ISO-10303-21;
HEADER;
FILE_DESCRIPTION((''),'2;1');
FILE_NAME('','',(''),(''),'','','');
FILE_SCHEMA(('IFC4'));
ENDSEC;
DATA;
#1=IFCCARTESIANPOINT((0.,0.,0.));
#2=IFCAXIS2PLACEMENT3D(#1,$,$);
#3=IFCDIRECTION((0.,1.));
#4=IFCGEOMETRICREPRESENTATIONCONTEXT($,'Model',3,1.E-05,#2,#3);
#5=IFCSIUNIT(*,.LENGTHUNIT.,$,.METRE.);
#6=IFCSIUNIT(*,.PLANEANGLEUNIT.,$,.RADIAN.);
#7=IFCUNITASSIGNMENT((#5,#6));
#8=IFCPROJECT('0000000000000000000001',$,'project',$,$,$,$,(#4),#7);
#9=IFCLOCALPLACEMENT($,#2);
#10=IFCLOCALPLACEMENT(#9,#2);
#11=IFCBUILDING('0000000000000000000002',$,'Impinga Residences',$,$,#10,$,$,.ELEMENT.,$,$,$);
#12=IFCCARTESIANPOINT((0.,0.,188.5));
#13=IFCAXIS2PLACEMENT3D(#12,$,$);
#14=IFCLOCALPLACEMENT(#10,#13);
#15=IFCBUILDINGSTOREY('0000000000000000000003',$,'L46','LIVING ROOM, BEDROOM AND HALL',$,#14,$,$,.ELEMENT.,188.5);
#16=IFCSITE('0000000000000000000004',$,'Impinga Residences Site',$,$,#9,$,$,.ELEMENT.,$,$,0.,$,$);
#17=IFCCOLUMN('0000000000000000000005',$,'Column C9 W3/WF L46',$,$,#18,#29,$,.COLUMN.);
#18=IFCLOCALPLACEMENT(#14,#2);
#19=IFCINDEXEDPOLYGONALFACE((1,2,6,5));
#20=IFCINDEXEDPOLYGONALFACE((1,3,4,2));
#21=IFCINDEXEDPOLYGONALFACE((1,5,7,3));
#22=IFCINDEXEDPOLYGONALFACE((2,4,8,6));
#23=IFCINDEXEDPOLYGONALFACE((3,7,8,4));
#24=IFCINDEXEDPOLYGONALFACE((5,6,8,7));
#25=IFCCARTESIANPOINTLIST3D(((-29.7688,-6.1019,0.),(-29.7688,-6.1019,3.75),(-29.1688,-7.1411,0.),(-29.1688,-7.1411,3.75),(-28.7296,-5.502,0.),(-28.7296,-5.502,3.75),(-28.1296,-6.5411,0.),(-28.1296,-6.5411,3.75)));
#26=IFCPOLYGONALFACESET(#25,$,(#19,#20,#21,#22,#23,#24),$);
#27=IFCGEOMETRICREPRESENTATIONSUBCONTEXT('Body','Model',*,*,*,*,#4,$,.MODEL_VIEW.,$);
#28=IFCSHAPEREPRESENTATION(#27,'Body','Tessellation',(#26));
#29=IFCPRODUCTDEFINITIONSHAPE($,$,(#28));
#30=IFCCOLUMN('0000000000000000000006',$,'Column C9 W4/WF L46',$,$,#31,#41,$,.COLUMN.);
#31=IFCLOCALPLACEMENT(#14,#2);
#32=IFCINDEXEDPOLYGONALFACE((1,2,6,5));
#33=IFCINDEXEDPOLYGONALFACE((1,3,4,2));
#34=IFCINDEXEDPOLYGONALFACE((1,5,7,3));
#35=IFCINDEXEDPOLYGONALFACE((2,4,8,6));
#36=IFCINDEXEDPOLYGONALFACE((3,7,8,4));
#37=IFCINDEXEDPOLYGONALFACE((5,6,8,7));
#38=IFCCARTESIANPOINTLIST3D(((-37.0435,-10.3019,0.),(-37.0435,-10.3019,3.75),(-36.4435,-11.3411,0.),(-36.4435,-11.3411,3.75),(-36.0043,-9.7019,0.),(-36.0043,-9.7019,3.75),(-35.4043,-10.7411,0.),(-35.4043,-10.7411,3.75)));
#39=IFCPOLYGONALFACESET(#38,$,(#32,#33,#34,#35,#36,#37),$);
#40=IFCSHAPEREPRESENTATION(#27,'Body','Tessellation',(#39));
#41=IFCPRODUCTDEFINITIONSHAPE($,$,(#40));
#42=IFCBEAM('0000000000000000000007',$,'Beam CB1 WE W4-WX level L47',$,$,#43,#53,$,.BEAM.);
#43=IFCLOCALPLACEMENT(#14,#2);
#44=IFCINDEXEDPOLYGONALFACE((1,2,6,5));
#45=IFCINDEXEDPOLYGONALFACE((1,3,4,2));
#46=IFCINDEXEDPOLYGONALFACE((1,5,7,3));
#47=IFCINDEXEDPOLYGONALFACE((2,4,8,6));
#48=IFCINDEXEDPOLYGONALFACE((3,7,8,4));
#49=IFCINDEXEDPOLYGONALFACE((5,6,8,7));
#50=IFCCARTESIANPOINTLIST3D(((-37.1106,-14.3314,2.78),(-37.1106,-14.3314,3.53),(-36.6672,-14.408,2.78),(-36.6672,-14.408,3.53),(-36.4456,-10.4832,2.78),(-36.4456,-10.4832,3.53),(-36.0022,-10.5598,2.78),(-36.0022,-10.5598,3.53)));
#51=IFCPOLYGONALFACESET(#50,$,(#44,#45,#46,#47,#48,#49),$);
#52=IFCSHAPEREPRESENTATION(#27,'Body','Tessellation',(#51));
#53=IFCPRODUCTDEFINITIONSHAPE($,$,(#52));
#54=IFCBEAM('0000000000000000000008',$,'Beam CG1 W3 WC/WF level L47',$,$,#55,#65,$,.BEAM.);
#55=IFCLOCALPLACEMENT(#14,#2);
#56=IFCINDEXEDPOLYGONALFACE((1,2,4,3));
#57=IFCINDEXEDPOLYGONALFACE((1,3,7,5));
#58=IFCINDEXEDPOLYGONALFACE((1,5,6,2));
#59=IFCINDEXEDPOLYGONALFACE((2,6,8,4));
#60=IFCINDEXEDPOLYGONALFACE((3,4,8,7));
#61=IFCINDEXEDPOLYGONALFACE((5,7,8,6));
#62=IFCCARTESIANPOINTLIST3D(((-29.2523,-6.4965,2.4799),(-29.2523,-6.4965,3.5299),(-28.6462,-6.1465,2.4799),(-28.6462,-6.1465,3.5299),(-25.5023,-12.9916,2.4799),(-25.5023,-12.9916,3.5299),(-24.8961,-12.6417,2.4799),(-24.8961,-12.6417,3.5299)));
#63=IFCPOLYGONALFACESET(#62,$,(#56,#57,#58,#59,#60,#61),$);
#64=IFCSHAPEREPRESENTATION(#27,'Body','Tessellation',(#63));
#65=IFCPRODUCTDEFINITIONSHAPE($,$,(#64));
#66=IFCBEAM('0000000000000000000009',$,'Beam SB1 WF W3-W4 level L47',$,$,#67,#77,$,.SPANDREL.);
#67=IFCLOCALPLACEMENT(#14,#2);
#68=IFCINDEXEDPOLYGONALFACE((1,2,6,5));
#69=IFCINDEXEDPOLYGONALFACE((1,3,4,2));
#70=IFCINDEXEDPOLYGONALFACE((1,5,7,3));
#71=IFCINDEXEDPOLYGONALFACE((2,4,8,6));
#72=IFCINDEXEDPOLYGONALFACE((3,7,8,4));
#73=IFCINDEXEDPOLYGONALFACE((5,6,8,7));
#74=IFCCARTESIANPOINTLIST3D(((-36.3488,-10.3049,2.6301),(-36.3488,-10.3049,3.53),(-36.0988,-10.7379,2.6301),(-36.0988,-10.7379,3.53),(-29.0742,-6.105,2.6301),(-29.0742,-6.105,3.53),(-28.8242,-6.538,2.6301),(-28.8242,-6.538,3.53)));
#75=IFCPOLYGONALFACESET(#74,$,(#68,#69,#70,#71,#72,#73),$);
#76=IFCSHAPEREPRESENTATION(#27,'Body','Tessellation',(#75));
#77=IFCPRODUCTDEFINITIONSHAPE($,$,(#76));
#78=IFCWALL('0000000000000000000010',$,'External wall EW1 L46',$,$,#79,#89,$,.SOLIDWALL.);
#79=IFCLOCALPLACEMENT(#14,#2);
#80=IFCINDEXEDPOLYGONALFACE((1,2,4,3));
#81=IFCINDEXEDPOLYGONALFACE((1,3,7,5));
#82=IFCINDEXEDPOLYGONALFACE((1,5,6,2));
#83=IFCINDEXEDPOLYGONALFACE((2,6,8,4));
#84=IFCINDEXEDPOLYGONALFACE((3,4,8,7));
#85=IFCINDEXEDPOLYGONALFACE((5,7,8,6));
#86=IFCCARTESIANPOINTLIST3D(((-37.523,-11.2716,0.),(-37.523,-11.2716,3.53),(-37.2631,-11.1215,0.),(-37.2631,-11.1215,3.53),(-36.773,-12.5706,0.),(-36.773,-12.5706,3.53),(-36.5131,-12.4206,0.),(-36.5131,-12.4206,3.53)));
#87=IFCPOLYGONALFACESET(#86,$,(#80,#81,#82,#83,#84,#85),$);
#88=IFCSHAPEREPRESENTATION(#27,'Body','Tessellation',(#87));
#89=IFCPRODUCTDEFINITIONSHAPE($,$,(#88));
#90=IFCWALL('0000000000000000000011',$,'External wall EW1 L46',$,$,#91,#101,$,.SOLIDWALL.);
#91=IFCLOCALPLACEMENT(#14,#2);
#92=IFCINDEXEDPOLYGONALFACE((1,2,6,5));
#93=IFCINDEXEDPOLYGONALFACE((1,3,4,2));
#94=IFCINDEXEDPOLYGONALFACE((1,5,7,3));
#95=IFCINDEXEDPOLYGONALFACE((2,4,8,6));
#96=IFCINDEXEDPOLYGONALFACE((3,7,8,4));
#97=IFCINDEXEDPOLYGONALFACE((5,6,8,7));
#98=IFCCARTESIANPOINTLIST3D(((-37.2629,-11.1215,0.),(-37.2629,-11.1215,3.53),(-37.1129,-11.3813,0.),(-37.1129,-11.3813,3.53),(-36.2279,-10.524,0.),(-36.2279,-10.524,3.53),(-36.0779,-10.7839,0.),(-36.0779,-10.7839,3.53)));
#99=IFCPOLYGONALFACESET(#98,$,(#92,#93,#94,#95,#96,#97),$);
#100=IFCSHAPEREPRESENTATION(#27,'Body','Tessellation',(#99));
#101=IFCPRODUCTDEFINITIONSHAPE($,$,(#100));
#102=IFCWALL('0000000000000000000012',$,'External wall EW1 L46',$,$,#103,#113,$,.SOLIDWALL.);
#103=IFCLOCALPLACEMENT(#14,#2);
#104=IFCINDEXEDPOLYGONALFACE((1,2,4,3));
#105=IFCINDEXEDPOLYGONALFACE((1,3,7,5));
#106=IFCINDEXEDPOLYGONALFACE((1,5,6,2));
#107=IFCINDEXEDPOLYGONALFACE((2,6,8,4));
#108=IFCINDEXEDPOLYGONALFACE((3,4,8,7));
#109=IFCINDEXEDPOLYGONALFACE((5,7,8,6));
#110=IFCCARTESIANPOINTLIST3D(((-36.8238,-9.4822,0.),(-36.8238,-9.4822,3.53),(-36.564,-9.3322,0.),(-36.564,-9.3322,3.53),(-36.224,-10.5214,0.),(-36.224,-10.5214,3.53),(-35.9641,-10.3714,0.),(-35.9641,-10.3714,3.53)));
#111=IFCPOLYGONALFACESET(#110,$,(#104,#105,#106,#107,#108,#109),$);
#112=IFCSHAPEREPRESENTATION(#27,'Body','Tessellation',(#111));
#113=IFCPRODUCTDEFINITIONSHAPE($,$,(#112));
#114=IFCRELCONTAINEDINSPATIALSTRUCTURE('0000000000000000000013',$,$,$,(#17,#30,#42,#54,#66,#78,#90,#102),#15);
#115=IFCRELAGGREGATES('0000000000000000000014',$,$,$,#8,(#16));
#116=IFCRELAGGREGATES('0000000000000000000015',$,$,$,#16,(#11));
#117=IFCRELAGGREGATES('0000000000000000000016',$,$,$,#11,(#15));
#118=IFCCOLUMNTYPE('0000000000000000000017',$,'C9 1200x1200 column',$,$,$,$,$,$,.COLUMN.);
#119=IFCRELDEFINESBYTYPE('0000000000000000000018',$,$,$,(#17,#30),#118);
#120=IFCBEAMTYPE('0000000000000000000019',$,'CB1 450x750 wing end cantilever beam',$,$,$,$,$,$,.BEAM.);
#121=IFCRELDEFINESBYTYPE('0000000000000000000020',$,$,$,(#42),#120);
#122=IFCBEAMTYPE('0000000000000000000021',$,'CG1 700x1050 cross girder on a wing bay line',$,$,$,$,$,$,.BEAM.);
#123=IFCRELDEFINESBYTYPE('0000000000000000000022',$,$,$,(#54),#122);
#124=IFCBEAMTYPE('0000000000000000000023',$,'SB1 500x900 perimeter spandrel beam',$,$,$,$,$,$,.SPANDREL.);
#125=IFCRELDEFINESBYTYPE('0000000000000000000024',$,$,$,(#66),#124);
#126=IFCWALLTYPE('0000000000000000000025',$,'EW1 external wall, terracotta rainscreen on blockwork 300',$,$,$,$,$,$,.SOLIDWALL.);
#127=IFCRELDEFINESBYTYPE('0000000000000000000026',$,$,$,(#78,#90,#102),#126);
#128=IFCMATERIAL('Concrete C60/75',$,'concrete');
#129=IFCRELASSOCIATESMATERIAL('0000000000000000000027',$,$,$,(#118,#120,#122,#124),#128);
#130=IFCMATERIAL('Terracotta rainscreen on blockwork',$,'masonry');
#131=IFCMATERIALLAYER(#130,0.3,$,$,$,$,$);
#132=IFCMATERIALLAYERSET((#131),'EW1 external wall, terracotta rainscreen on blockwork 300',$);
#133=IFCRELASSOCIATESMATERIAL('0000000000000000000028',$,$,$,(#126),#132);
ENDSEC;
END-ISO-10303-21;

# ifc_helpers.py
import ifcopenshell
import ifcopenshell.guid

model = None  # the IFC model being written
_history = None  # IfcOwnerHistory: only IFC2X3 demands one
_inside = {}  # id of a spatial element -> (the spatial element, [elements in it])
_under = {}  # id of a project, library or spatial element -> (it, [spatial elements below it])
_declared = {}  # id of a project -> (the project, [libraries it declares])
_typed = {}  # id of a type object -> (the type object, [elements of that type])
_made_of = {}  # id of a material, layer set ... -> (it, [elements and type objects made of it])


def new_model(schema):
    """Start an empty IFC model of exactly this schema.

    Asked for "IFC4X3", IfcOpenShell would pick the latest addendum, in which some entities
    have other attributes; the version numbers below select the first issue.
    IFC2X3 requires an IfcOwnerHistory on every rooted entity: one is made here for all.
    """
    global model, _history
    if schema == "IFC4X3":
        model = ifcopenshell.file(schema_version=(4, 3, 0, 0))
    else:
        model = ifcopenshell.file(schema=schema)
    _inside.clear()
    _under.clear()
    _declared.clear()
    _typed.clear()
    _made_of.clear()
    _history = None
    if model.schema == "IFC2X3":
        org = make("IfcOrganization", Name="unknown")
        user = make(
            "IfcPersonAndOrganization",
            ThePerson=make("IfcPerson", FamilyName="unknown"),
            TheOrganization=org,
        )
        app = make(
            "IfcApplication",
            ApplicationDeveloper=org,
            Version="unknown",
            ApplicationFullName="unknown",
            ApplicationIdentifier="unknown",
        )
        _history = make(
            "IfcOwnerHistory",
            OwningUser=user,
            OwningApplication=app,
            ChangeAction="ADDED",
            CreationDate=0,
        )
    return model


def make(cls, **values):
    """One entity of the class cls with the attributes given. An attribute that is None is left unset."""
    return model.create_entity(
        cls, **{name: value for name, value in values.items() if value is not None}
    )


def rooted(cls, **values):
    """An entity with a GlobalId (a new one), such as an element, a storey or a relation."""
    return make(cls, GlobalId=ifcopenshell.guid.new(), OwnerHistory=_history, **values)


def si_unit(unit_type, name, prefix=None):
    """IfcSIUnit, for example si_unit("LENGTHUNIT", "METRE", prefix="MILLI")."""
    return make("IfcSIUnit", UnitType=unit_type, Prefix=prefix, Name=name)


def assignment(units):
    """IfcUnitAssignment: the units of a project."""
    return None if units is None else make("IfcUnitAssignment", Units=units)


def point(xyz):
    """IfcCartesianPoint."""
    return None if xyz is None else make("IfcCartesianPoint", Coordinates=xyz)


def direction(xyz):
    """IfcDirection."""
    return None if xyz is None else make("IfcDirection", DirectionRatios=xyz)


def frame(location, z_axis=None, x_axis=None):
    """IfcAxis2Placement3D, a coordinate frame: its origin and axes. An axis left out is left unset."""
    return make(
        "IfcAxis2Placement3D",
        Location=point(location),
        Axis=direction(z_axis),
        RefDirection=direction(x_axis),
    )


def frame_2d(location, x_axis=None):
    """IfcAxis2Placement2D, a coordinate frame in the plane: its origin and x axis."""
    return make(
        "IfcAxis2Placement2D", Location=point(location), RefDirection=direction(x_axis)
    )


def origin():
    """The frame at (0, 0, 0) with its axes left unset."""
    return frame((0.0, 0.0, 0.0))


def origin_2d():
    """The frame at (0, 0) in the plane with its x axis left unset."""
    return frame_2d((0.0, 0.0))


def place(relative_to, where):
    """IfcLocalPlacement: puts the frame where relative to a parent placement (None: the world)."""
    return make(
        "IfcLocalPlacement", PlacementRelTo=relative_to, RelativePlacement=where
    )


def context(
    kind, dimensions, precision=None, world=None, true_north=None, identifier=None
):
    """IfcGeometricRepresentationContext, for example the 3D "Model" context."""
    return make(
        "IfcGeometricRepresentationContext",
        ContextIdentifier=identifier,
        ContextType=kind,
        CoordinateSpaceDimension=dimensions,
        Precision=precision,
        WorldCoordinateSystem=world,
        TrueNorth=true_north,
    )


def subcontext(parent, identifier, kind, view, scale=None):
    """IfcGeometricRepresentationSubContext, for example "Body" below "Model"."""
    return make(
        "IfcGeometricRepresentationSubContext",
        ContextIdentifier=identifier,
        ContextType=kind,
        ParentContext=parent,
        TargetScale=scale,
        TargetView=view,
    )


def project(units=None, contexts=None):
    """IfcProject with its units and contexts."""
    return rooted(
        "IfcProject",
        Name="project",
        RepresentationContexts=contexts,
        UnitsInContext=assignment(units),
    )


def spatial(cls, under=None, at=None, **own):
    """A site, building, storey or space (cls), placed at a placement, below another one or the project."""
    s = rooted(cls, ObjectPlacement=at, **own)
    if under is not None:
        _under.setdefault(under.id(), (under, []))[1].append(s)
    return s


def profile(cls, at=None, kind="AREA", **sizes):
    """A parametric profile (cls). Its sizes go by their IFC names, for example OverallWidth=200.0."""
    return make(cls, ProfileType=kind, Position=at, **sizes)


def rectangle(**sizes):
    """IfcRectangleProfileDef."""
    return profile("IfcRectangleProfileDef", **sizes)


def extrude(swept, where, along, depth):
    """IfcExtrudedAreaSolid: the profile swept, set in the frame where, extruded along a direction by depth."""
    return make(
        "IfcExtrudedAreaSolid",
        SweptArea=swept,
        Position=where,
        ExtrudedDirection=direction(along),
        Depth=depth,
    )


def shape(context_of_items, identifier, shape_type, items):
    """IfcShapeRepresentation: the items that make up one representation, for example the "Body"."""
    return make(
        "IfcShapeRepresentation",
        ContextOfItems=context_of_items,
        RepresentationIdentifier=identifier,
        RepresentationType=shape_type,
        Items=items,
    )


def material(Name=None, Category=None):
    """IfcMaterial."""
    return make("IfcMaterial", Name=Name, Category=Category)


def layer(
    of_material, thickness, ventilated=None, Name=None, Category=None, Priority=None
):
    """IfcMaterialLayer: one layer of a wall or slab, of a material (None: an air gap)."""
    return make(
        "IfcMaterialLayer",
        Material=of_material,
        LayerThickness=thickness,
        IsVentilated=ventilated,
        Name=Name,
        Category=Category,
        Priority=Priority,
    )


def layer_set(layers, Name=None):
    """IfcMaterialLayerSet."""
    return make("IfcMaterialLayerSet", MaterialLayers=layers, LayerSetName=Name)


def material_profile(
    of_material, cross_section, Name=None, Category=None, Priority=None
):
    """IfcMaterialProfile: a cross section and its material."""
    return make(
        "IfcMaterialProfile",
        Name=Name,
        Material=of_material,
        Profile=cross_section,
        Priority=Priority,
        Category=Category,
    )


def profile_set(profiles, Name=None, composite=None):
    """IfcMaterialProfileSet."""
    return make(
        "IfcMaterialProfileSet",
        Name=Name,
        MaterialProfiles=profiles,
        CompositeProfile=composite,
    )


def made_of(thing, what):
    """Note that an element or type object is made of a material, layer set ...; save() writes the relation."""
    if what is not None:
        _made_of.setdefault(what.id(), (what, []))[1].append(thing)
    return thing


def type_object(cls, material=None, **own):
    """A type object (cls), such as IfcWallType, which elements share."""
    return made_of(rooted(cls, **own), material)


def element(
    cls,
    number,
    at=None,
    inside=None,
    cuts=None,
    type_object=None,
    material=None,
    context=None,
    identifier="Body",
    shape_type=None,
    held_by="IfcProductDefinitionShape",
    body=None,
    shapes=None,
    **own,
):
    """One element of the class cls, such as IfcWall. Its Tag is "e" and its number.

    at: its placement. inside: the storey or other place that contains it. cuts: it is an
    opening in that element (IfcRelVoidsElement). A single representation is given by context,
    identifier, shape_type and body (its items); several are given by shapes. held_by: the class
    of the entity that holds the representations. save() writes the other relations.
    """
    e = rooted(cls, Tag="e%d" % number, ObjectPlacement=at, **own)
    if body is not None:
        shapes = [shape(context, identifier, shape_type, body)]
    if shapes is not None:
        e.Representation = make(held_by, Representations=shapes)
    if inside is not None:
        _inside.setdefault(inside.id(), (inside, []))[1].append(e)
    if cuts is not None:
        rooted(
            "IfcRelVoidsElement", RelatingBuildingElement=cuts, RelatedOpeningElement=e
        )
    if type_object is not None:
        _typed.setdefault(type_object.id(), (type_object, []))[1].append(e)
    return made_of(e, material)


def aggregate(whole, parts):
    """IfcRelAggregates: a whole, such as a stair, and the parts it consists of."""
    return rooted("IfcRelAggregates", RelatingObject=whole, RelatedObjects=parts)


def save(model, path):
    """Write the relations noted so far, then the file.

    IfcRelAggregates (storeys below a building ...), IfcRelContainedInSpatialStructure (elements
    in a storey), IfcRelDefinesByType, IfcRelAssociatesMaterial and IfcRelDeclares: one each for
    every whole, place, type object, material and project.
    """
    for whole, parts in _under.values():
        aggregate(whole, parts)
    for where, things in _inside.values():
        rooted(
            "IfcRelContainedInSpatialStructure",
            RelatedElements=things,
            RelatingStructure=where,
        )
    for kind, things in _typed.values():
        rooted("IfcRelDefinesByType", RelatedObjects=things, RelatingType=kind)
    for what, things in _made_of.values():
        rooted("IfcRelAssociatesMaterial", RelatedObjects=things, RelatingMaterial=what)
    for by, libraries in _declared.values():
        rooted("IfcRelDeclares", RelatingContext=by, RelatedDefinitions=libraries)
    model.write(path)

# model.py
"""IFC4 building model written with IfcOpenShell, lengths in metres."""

from ifc_helpers import new_model, si_unit, direction, frame, frame_2d, origin, origin_2d, place, context, subcontext, project, spatial, rectangle, extrude, material, layer, layer_set, material_profile, profile_set, type_object, element, save


model = new_model("IFC4")

# Units and contexts
model_context = context("Model", 3, precision=1e-05, world=origin(), true_north=direction((0.0, 1.0)))
body_context = subcontext(model_context, "Body", "Model", "MODEL_VIEW")
ifc_project = project(units=[si_unit("LENGTHUNIT", "METRE"), si_unit("PLANEANGLEUNIT", "RADIAN")], contexts=[model_context])

# Site, building, storey
site_placement = place(None, origin())
site = spatial("IfcSite", under=ifc_project, at=site_placement, Name="Impinga Residences Site", CompositionType="ELEMENT", RefElevation=0.0)
building_placement = place(site_placement, origin())
building = spatial("IfcBuilding", under=site, at=building_placement, Name="Impinga Residences", CompositionType="ELEMENT")
storey_placement = place(building_placement, frame((0.0, 0.0, 188.5)))
storey = spatial("IfcBuildingStorey", under=building, at=storey_placement, Name="L46", Description="LIVING ROOM, BEDROOM AND HALL", CompositionType="ELEMENT", Elevation=188.5)

# Columns
ifc_material_1 = material(Name="Concrete C60/75", Category="concrete")
ifc_material_profile_1 = material_profile(ifc_material_1, rectangle(XDim=1.2, YDim=1.2, at=origin_2d()), Name="RC 1200x1200")
ifc_profile_set_1 = profile_set([ifc_material_profile_1], Name="Concrete C60/75")
column_type = type_object("IfcColumnType", Name="C9 1200x1200 column", PredefinedType="COLUMN", material=ifc_profile_set_1)
for number, where, z_axis, x_axis, name in (
    (1, (-28.9492, -6.3215, 0.0), (0.0, 0.0, 1.0), (-0.5, 0.866025, 0.0), "Column C9 W3/WF L46"),
    (2, (-36.2239, -10.5215, 0.0), (0.0, 0.0, 1.0), (-0.5, 0.866025, 0.0), "Column C9 W4/WF L46"),
):
    element("IfcColumn", number, at=place(storey_placement, frame(where, z_axis=z_axis, x_axis=x_axis)), inside=storey, type_object=column_type, Name=name, PredefinedType="COLUMN", context=body_context, shape_type="SweptSolid", body=[
        extrude(rectangle(XDim=1.2, YDim=1.2, at=origin_2d()), origin(), (0.0, 0.0, 1.0), 3.75),
    ])

# Beams
ifc_material_profile_2 = material_profile(ifc_material_1, rectangle(XDim=0.45, YDim=0.75, at=origin_2d()), Name="RC 450x750")
ifc_profile_set_2 = profile_set([ifc_material_profile_2], Name="Concrete C60/75")
beam_type_1 = type_object("IfcBeamType", Name="CB1 450x750 wing end cantilever beam", PredefinedType="BEAM", material=ifc_profile_set_2)
beam_1_placement = place(storey_placement, frame((-36.2239, -10.5215, 3.155), z_axis=(-0.170296, -0.985393, 0.0), x_axis=(0.985393, -0.170296, 0.0)))
element("IfcBeam", 3, at=beam_1_placement, inside=storey, type_object=beam_type_1, Name="Beam CB1 WE W4-WX level L47", PredefinedType="BEAM", context=body_context, shape_type="SweptSolid", body=[
    extrude(rectangle(XDim=0.45, YDim=0.75, at=origin_2d()), origin(), (0.0, 0.0, 1.0), 3.9053),
])
ifc_material_profile_3 = material_profile(ifc_material_1, rectangle(XDim=0.7, YDim=1.05, at=origin_2d()), Name="RC 700x1050")
ifc_profile_set_3 = profile_set([ifc_material_profile_3], Name="Concrete C60/75")
beam_type_2 = type_object("IfcBeamType", Name="CG1 700x1050 cross girder on a wing bay line", PredefinedType="BEAM", material=ifc_profile_set_3)
beam_2_placement = place(storey_placement, frame((-25.1992, -12.8167, 3.0049), z_axis=(-0.500004, 0.866023, 0.0), x_axis=(-0.866023, -0.500004, 0.0)))
element("IfcBeam", 4, at=beam_2_placement, inside=storey, type_object=beam_type_2, Name="Beam CG1 W3 WC/WF level L47", PredefinedType="BEAM", context=body_context, shape_type="SweptSolid", body=[
    extrude(rectangle(XDim=0.7, YDim=1.05, at=origin_2d()), origin(), (0.0, 0.0, 1.0), 7.5),
])
ifc_material_profile_4 = material_profile(ifc_material_1, rectangle(XDim=0.5, YDim=0.8999, at=origin_2d()), Name="RC 500x900")
ifc_profile_set_4 = profile_set([ifc_material_profile_4], Name="Concrete C60/75")
beam_type_3 = type_object("IfcBeamType", Name="SB1 500x900 perimeter spandrel beam", PredefinedType="SPANDREL", material=ifc_profile_set_4)
beam_3_placement = place(storey_placement, frame((-28.9492, -6.3215, 3.0801), z_axis=(-0.866029, -0.499993, 0.0), x_axis=(0.499993, -0.866029, 0.0)))
element("IfcBeam", 5, at=beam_3_placement, inside=storey, type_object=beam_type_3, Name="Beam SB1 WF W3-W4 level L47", PredefinedType="SPANDREL", context=body_context, shape_type="SweptSolid", body=[
    extrude(rectangle(XDim=0.5, YDim=0.8999, at=origin_2d()), origin(), (0.0, 0.0, 1.0), 8.3999),
])

# Walls
ifc_material_2 = material(Name="Terracotta rainscreen on blockwork", Category="masonry")
ifc_layer_1 = layer(ifc_material_2, 0.3)
ifc_layer_set_1 = layer_set([ifc_layer_1], Name="EW1 external wall, terracotta rainscreen on blockwork 300")
wall_type_1 = type_object("IfcWallType", Name="EW1 external wall, terracotta rainscreen on blockwork 300", PredefinedType="SOLIDWALL", material=ifc_layer_set_1)
wall_1_placement = place(storey_placement, frame((-36.6431, -12.4956, 0.0), z_axis=(0.0, 0.0, 1.0), x_axis=(-0.49999, 0.866031, 0.0)))
element("IfcWall", 6, at=wall_1_placement, inside=storey, type_object=wall_type_1, Name="External wall EW1 L46", PredefinedType="SOLIDWALL", context=body_context, shape_type="SweptSolid", body=[
    extrude(rectangle(XDim=1.5, YDim=0.3, at=frame_2d((0.75, 0.0))), origin(), (0.0, 0.0, 1.0), 3.53),
])
wall_2_placement = place(storey_placement, frame((-37.188, -11.2515, 0.0), z_axis=(0.0, 0.0, 1.0), x_axis=(0.86606, 0.499941, 0.0)))
element("IfcWall", 7, at=wall_2_placement, inside=storey, type_object=wall_type_1, Name="External wall EW1 L46", PredefinedType="SOLIDWALL", context=body_context, shape_type="SweptSolid", body=[
    extrude(rectangle(XDim=1.1951, YDim=0.3, at=frame_2d((0.5977, 0.0))), origin(), (0.0, 0.0, 1.0), 3.53),
])
wall_3_placement = place(storey_placement, frame((-36.094, -10.4465, 0.0), z_axis=(0.0, 0.0, 1.0), x_axis=(-0.499881, 0.866094, 0.0)))
element("IfcWall", 8, at=wall_3_placement, inside=storey, type_object=wall_type_1, Name="External wall EW1 L46", PredefinedType="SOLIDWALL", context=body_context, shape_type="SweptSolid", body=[
    extrude(rectangle(XDim=1.2, YDim=0.3, at=frame_2d((0.6001, 0.0))), origin(), (0.0, 0.0, 1.0), 3.53),
])

save(model, "model.ifc")
